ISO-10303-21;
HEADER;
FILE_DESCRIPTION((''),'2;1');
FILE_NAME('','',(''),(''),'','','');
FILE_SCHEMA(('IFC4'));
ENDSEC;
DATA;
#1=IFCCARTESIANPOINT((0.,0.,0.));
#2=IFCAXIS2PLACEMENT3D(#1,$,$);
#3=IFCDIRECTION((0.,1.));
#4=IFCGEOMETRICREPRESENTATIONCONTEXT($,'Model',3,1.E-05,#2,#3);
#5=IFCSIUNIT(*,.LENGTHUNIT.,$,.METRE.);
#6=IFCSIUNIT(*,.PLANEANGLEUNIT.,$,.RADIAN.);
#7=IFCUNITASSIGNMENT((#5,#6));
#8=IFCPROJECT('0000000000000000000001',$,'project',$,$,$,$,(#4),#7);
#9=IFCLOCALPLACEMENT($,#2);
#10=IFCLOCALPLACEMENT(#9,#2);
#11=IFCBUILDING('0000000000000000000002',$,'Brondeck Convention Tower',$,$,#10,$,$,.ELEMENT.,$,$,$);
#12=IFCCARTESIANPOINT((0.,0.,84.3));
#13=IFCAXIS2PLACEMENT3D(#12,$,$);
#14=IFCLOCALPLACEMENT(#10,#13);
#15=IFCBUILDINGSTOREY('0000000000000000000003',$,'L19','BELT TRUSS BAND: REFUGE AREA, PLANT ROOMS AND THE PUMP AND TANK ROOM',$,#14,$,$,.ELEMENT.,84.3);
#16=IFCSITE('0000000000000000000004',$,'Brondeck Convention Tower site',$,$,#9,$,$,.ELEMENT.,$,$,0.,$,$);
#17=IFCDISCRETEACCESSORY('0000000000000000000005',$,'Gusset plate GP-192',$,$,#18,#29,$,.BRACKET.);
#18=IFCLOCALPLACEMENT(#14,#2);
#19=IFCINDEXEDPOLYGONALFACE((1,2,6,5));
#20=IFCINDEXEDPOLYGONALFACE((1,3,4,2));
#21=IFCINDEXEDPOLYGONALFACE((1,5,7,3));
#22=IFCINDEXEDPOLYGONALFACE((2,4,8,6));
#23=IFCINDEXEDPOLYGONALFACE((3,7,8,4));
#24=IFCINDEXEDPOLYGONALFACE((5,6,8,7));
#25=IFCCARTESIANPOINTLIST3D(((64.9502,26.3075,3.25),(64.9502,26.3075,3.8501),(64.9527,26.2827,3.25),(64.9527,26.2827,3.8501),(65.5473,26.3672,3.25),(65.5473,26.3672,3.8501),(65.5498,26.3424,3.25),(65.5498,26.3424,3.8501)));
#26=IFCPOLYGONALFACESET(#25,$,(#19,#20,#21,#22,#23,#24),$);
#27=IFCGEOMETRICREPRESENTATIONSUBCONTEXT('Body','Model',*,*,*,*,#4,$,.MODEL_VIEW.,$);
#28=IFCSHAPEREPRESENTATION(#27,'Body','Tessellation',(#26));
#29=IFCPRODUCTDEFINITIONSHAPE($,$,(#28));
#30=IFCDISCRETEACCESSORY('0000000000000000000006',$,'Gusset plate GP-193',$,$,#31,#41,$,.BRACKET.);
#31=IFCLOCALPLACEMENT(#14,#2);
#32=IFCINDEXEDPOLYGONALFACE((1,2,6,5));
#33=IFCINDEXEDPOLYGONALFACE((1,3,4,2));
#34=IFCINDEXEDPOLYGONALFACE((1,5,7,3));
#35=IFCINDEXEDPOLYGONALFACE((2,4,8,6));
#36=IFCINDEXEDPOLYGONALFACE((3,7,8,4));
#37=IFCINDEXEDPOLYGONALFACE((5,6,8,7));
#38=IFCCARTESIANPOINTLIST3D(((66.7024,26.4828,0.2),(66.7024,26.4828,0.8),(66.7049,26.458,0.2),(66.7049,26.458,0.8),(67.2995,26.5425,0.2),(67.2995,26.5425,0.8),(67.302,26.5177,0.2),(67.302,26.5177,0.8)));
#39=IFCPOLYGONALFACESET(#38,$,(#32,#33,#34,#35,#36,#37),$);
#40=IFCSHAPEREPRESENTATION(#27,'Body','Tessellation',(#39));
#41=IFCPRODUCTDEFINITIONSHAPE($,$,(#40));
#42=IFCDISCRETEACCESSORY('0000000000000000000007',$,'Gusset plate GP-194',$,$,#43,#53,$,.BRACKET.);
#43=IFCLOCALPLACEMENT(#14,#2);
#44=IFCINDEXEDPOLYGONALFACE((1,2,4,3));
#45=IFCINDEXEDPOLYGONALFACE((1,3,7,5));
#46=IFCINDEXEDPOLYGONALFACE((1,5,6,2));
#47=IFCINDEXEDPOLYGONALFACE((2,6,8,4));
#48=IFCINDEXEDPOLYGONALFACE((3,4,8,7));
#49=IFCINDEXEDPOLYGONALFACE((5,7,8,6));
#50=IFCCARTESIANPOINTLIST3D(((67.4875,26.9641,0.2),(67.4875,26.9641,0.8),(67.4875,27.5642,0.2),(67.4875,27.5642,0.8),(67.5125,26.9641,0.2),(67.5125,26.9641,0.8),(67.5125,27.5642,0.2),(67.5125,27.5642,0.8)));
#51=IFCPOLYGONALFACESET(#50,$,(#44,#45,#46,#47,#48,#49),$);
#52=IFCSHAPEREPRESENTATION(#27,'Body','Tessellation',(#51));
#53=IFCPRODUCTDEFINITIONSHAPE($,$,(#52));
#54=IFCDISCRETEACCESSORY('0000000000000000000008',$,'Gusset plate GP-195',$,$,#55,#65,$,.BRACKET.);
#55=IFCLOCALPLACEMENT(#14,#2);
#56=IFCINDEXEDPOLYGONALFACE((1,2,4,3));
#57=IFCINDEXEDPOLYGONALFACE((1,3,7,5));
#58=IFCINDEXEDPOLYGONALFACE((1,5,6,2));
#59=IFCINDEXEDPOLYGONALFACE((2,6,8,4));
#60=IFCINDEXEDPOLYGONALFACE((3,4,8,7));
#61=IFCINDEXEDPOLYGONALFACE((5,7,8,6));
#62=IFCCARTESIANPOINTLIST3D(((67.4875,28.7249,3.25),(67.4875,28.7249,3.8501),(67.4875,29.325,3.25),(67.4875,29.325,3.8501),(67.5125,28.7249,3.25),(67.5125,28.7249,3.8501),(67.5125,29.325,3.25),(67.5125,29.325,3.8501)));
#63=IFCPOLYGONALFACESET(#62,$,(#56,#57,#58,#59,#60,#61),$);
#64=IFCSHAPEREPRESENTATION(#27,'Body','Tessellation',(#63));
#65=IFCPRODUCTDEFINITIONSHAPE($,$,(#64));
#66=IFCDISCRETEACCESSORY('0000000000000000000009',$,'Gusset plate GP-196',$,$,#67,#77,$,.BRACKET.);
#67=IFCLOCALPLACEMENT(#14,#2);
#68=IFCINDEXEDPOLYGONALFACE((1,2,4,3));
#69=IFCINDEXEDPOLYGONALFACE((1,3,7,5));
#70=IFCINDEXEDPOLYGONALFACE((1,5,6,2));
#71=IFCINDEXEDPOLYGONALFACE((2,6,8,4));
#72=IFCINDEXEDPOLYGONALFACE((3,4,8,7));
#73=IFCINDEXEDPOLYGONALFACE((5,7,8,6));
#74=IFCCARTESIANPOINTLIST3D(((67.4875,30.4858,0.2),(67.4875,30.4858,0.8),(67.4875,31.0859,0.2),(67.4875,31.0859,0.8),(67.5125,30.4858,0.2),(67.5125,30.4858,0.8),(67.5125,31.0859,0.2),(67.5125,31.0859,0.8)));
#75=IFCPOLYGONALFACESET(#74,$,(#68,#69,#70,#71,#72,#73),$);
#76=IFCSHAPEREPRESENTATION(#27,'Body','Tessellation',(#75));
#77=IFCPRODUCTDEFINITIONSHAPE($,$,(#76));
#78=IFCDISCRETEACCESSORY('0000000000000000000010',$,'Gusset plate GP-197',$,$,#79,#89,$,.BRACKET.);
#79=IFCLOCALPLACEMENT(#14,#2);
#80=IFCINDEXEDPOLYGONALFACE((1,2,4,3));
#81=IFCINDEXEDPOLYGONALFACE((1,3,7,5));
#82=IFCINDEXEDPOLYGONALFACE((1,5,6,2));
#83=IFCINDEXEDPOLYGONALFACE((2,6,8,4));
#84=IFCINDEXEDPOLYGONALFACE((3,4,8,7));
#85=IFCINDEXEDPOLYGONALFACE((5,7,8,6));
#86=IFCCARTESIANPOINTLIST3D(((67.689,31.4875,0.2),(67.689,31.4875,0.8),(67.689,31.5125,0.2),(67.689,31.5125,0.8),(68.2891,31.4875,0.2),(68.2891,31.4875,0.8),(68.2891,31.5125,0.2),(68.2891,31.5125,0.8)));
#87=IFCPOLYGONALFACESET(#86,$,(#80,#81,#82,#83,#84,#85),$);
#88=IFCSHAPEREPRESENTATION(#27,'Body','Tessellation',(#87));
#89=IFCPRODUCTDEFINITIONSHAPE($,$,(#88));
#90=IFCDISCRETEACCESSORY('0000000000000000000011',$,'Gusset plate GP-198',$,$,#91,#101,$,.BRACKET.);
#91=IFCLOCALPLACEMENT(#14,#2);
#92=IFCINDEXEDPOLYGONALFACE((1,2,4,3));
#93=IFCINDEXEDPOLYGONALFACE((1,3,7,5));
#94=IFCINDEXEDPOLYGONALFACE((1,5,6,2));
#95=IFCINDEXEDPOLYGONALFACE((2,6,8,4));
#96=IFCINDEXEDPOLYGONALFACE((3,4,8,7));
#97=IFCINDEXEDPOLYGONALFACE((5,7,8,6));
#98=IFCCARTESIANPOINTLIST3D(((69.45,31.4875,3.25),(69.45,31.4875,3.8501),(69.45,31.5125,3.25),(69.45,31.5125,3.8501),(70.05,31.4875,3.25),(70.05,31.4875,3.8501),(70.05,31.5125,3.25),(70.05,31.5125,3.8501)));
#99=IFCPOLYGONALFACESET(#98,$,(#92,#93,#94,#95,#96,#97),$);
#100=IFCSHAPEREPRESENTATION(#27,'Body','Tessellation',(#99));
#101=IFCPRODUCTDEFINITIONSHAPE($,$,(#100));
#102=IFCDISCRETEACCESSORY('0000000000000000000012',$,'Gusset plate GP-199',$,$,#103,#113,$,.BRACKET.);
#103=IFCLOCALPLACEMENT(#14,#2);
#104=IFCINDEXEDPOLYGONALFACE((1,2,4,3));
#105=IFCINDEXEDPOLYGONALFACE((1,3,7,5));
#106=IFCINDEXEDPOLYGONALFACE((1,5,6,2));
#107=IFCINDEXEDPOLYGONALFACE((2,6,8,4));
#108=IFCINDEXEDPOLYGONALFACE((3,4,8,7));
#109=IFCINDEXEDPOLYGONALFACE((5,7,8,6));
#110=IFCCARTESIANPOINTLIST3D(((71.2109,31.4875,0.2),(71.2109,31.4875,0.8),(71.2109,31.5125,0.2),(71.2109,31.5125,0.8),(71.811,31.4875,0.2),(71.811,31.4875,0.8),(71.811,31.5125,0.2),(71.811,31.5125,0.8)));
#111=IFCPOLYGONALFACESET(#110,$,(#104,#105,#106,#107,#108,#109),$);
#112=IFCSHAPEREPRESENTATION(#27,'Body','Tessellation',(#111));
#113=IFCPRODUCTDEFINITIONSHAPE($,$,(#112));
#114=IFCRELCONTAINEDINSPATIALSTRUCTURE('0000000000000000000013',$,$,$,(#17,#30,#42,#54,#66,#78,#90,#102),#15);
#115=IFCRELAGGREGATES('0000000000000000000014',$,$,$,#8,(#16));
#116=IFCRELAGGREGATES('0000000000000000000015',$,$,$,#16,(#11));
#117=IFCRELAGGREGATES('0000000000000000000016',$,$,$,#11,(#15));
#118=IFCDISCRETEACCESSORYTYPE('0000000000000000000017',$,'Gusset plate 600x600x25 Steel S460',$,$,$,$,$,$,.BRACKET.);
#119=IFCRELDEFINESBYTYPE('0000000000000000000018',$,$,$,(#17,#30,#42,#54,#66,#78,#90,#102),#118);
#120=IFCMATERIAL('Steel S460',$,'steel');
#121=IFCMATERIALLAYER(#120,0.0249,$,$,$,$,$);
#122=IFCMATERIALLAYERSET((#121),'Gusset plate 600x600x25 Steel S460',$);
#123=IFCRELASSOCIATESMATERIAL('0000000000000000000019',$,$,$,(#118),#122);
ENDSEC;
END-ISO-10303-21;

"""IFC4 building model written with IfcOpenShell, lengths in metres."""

from ifc_helpers import new_model, si_unit, direction, frame, origin, origin_2d, place, context, subcontext, project, spatial, rectangle, extrude, material, layer, layer_set, type_object, element, save


model = new_model("IFC4")

# Units and contexts
model_context = context("Model", 3, precision=1e-05, world=origin(), true_north=direction((0.0, 1.0)))
body_context = subcontext(model_context, "Body", "Model", "MODEL_VIEW")
ifc_project = project(units=[si_unit("LENGTHUNIT", "METRE"), si_unit("PLANEANGLEUNIT", "RADIAN")], contexts=[model_context])

# Site, building, storey
site_placement = place(None, origin())
site = spatial("IfcSite", under=ifc_project, at=site_placement, Name="Brondeck Convention Tower site", CompositionType="ELEMENT", RefElevation=0.0)
building_placement = place(site_placement, origin())
building = spatial("IfcBuilding", under=site, at=building_placement, Name="Brondeck Convention Tower", CompositionType="ELEMENT")
storey_placement = place(building_placement, frame((0.0, 0.0, 84.3)))
storey = spatial("IfcBuildingStorey", under=building, at=storey_placement, Name="L19", Description="BELT TRUSS BAND: REFUGE AREA, PLANT ROOMS AND THE PUMP AND TANK ROOM", CompositionType="ELEMENT", Elevation=84.3)

# Shared definitions
ifc_material_1 = material(Name="Steel S460", Category="steel")

# Discrete accessories
ifc_layer = layer(ifc_material_1, 0.0249)
ifc_layer_set = layer_set([ifc_layer], Name="Gusset plate 600x600x25 Steel S460")
discrete_accessory_type = type_object("IfcDiscreteAccessoryType", Name="Gusset plate 600x600x25 Steel S460", PredefinedType="BRACKET", material=ifc_layer_set)
for number, where, z_axis, x_axis, name in (
    (1, (65.25, 26.325, 3.25), (0.0, 0.0, 1.0), (0.995036, 0.099511, 0.0), "Gusset plate GP-192"),
    (2, (67.0022, 26.5002, 0.2), (0.0, 0.0, 1.0), (0.995036, 0.099511, 0.0), "Gusset plate GP-193"),
    (3, (67.5, 27.2642, 0.2), (0.0, 0.0, 1.0), (0.0, 1.0, 0.0), "Gusset plate GP-194"),
    (4, (67.5, 29.0249, 3.25), (0.0, 0.0, 1.0), (0.0, 1.0, 0.0), "Gusset plate GP-195"),
    (5, (67.5, 30.7859, 0.2), (0.0, 0.0, 1.0), (0.0, 1.0, 0.0), "Gusset plate GP-196"),
    (6, (67.989, 31.5, 0.2), (0.0, 0.0, 1.0), (1.0, 0.0, 0.0), "Gusset plate GP-197"),
    (7, (69.75, 31.5, 3.25), (0.0, 0.0, 1.0), (1.0, 0.0, 0.0), "Gusset plate GP-198"),
    (8, (71.511, 31.5, 0.2), (0.0, 0.0, 1.0), (1.0, 0.0, 0.0), "Gusset plate GP-199"),
):
    element("IfcDiscreteAccessory", number, at=place(storey_placement, frame(where, z_axis=z_axis, x_axis=x_axis)), inside=storey, type_object=discrete_accessory_type, Name=name, PredefinedType="BRACKET", context=body_context, shape_type="SweptSolid", body=[
        extrude(rectangle(XDim=0.6001, YDim=0.0249, at=origin_2d()), origin(), (0.0, 0.0, 1.0), 0.6001),
    ])

save(model, "model.ifc")
